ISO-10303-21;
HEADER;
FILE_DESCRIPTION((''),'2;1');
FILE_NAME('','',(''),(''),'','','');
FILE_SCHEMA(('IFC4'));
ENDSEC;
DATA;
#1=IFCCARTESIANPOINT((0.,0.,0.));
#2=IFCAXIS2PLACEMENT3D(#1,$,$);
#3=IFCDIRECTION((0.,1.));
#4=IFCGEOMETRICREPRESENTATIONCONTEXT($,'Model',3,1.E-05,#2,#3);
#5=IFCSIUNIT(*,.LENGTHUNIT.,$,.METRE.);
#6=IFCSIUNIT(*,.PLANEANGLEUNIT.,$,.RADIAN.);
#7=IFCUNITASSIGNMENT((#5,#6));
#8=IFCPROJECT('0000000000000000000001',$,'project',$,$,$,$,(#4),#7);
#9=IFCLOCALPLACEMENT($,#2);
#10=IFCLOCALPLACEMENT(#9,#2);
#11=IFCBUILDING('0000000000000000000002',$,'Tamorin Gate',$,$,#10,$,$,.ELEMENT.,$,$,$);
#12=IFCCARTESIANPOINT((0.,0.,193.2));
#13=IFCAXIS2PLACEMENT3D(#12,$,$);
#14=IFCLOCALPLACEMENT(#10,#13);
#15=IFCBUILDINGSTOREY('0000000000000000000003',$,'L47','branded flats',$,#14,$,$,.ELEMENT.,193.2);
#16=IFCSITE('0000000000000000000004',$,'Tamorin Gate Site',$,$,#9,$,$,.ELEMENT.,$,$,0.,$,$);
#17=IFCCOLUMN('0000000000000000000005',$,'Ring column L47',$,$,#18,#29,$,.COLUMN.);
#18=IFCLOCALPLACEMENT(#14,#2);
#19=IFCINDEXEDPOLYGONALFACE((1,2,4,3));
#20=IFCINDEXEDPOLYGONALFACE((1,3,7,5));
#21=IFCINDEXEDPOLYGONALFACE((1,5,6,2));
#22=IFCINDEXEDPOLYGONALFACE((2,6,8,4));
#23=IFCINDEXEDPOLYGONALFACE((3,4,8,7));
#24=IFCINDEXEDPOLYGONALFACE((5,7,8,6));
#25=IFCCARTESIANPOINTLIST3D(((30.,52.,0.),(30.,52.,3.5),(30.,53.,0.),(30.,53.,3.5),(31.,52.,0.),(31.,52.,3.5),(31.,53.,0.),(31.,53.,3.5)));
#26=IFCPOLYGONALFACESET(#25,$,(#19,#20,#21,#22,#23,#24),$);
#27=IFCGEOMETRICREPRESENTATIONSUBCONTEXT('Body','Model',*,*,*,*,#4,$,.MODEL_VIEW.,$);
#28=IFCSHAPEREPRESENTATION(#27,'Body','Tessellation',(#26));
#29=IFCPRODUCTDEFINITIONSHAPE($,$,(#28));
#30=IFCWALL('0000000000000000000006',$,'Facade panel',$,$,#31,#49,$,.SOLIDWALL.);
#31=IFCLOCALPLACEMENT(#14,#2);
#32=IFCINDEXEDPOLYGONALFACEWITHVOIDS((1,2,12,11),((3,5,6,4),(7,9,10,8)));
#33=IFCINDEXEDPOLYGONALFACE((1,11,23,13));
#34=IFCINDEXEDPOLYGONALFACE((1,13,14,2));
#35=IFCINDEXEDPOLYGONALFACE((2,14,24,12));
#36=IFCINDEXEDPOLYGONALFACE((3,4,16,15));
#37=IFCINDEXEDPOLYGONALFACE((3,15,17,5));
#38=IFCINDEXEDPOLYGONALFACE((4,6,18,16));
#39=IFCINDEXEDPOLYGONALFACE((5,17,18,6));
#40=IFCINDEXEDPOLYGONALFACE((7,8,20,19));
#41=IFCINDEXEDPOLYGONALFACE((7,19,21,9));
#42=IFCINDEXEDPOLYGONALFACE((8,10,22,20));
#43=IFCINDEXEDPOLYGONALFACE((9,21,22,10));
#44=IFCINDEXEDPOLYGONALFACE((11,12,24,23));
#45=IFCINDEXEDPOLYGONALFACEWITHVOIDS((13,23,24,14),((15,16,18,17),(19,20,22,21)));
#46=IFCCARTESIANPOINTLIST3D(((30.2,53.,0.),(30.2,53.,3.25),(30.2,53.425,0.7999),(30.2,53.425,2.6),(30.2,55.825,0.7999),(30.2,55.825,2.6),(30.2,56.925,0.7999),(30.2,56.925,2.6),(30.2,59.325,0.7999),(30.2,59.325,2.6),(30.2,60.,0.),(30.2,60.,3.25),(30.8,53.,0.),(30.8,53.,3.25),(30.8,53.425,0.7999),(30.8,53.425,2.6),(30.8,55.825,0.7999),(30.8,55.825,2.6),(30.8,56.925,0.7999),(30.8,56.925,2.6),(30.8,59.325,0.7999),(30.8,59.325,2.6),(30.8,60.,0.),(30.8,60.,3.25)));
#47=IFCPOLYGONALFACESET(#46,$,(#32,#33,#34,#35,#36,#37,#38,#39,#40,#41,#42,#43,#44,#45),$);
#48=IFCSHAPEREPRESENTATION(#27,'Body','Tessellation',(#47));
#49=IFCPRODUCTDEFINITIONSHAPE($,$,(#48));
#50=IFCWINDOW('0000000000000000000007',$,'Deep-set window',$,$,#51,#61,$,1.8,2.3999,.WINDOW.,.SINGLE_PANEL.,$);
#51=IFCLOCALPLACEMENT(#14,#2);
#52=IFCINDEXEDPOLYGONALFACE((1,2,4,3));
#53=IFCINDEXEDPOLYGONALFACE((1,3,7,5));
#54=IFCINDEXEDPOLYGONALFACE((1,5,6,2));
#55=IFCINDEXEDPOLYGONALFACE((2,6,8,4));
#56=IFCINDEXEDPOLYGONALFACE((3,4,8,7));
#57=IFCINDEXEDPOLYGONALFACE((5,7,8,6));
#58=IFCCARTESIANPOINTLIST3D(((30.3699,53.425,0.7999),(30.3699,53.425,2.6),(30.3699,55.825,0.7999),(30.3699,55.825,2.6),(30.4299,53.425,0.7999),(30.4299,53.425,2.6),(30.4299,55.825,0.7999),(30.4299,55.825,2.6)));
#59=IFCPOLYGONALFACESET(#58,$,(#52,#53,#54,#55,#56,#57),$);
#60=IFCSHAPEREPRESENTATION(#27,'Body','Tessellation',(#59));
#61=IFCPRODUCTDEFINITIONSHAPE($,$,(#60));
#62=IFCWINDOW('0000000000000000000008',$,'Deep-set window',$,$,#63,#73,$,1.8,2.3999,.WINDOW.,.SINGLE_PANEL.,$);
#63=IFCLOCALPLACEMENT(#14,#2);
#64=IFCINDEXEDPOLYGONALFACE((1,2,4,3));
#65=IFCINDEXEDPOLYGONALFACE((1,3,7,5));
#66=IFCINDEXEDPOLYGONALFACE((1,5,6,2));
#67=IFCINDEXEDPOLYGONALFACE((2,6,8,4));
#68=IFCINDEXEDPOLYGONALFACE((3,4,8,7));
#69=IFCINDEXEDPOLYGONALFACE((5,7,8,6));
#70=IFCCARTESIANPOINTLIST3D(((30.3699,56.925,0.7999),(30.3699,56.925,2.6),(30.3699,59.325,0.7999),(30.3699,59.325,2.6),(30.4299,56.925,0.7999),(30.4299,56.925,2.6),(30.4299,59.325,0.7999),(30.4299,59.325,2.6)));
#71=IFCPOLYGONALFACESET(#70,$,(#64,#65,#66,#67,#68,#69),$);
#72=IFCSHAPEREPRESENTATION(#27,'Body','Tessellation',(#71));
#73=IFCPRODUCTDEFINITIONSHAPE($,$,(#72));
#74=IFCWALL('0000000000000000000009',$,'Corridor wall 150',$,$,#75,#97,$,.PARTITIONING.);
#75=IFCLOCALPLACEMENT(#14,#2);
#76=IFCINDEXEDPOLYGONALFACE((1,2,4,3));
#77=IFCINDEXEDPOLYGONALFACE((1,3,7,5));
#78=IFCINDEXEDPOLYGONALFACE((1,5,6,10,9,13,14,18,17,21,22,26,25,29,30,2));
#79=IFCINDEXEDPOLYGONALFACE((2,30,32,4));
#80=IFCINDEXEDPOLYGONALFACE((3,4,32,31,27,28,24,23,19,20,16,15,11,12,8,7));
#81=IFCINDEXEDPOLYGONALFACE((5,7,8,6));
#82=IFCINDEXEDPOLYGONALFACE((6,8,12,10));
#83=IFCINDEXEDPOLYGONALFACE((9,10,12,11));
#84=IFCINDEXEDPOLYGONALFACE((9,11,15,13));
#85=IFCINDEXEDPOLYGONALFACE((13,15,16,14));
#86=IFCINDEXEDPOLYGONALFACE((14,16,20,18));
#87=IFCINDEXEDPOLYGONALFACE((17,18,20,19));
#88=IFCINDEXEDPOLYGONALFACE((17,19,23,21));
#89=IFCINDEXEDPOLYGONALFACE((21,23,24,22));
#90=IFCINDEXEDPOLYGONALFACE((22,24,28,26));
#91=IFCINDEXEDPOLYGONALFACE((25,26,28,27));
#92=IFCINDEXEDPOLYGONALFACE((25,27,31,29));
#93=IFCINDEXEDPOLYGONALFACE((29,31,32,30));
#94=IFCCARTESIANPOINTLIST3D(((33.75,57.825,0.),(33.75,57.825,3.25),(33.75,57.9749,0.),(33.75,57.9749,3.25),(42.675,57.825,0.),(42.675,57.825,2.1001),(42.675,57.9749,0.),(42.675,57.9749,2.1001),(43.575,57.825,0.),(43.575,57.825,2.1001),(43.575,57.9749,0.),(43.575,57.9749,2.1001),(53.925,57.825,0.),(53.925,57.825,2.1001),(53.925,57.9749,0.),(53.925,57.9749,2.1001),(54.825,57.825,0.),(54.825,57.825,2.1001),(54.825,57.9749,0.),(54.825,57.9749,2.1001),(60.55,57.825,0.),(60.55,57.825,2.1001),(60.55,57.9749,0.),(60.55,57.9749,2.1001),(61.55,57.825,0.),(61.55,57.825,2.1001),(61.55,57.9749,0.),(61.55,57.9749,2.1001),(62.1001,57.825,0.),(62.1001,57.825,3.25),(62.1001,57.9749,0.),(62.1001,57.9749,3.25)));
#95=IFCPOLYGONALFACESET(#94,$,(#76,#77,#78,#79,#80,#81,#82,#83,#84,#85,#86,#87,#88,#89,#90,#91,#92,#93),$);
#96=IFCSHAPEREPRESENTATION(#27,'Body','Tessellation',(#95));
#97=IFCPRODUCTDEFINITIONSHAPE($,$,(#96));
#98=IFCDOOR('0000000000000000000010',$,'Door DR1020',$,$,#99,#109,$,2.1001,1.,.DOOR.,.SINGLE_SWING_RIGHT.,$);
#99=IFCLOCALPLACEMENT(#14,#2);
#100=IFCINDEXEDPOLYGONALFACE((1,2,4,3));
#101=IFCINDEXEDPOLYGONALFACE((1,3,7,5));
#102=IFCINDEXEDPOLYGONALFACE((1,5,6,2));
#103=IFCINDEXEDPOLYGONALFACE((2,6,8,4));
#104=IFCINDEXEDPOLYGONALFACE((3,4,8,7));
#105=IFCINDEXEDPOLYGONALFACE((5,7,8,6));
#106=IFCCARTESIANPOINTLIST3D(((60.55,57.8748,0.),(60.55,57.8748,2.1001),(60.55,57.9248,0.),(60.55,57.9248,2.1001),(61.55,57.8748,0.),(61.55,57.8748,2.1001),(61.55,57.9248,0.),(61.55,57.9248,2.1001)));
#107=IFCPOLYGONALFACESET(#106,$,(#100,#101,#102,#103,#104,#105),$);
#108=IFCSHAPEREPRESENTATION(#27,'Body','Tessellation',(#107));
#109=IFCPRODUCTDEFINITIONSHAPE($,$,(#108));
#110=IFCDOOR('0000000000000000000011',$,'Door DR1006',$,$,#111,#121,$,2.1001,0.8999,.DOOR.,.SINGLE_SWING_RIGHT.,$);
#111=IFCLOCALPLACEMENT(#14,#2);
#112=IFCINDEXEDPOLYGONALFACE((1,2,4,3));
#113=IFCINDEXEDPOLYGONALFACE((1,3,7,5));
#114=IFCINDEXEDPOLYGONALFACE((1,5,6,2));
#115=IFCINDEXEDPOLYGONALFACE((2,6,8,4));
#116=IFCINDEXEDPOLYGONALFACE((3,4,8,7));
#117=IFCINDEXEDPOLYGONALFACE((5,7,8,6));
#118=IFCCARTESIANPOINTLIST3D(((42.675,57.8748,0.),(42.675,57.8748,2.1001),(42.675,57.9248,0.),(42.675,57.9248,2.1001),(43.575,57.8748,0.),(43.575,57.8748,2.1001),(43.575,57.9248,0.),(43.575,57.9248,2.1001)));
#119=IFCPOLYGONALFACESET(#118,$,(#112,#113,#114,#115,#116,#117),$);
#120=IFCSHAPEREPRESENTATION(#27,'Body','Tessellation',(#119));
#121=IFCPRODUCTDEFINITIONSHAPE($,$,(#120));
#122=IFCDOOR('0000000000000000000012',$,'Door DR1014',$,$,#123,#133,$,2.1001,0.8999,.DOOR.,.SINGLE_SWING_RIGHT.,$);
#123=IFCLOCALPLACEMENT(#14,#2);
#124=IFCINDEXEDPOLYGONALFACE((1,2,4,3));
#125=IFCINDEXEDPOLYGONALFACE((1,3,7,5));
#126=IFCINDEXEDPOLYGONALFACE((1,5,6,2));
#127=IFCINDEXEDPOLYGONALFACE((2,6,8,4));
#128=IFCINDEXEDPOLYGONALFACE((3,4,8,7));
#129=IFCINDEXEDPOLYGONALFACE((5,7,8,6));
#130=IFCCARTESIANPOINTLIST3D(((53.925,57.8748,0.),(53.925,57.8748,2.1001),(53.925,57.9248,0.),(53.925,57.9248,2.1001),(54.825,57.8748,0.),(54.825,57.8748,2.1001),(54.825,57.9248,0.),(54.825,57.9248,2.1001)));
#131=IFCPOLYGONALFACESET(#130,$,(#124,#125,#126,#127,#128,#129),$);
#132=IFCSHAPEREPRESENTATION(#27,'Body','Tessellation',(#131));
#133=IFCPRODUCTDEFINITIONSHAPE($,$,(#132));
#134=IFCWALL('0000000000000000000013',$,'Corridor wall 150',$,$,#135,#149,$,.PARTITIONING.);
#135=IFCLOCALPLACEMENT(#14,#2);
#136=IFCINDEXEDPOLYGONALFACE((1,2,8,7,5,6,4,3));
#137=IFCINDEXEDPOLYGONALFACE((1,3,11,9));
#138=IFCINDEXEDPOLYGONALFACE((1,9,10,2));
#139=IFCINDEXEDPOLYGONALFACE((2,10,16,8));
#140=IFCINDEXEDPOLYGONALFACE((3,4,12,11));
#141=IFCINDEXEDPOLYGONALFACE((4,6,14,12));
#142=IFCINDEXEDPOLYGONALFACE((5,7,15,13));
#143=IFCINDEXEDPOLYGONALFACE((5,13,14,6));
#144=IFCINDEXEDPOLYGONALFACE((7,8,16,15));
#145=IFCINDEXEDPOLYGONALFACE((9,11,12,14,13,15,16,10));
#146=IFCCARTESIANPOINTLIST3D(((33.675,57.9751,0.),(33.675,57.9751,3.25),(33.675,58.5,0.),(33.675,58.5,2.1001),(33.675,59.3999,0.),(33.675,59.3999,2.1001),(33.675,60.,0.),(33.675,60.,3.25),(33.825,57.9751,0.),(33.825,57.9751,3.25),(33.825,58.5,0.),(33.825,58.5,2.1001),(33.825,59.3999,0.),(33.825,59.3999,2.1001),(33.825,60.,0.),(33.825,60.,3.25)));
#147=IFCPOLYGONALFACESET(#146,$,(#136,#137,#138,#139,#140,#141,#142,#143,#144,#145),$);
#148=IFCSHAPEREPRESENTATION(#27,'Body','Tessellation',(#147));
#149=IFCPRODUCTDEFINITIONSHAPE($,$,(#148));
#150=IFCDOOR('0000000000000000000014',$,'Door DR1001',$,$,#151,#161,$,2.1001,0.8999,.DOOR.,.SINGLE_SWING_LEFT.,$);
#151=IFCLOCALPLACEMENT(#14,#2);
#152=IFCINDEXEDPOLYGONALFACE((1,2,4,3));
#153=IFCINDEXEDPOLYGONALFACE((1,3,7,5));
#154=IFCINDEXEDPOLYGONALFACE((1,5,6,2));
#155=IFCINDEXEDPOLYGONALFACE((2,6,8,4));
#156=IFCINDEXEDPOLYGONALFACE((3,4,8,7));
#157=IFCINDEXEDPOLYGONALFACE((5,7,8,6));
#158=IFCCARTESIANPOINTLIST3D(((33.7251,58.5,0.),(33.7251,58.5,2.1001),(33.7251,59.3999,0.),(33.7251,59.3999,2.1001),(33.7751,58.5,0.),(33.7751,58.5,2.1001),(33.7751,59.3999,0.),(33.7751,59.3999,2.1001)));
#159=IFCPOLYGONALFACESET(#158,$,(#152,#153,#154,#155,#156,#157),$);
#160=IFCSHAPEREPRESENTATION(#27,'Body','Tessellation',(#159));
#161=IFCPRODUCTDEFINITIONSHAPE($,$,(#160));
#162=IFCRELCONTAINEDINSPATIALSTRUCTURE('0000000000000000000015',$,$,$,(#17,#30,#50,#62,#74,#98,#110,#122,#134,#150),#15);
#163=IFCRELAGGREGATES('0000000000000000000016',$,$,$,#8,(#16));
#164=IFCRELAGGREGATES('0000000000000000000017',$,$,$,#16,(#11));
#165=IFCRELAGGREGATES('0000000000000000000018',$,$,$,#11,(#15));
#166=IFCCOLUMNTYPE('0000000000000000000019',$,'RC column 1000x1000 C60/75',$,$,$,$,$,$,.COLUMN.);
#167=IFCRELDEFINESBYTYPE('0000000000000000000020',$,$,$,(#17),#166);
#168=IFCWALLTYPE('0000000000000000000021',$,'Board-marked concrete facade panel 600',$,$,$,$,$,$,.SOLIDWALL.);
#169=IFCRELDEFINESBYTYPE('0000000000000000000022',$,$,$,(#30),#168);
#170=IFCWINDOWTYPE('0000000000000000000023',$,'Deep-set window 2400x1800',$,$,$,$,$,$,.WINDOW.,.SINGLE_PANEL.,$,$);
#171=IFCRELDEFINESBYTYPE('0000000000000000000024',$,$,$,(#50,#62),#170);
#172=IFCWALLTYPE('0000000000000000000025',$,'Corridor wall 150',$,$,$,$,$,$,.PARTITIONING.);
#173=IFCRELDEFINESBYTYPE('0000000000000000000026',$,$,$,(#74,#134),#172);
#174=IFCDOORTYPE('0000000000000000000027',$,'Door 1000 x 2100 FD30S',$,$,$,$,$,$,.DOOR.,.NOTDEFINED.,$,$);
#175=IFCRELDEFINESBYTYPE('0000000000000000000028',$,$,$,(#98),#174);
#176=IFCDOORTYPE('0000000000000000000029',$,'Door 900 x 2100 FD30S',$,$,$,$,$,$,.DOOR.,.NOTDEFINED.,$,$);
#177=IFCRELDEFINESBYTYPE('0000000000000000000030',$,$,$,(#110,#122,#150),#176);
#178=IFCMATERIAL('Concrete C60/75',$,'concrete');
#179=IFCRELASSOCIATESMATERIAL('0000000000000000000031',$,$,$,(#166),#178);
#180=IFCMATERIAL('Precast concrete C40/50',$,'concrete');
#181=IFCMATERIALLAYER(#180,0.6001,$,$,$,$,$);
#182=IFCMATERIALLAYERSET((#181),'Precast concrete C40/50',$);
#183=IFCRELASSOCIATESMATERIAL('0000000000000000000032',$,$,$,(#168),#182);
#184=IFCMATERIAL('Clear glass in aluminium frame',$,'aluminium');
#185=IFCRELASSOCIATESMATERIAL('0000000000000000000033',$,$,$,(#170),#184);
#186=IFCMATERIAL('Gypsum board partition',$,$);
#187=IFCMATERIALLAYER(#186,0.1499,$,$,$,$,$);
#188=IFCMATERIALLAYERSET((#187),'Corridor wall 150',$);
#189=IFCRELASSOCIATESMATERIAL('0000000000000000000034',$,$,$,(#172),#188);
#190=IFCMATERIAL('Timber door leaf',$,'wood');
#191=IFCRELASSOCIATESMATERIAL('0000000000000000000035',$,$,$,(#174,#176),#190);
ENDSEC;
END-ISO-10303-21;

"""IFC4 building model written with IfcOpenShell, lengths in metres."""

from ifc_helpers import new_model, si_unit, direction, frame, frame_2d, origin, origin_2d, place, context, subcontext, project, spatial, rectangle, extrude, material, layer, layer_set, material_profile, profile_set, type_object, element, fill, save


model = new_model("IFC4")

# Units and contexts
model_context = context("Model", 3, precision=1e-05, world=origin(), true_north=direction((0.0, 1.0)))
body_context = subcontext(model_context, "Body", "Model", "MODEL_VIEW")
ifc_project = project(units=[si_unit("LENGTHUNIT", "METRE"), si_unit("PLANEANGLEUNIT", "RADIAN")], contexts=[model_context])

# Site, building, storey
site_placement = place(None, origin())
site = spatial("IfcSite", under=ifc_project, at=site_placement, Name="Tamorin Gate Site", CompositionType="ELEMENT", RefElevation=0.0)
building_placement = place(site_placement, origin())
building = spatial("IfcBuilding", under=site, at=building_placement, Name="Tamorin Gate", CompositionType="ELEMENT")
storey_placement = place(building_placement, frame((0.0, 0.0, 193.2)))
storey = spatial("IfcBuildingStorey", under=building, at=storey_placement, Name="L47", Description="branded flats", CompositionType="ELEMENT", Elevation=193.2)

# Column
ifc_material_1 = material(Name="Concrete C60/75", Category="concrete")
ifc_material_profile = material_profile(ifc_material_1, rectangle(XDim=1.0, YDim=1.0, at=origin_2d()), Name="RC 1000x1000")
ifc_profile_set = profile_set([ifc_material_profile], Name="Concrete C60/75")
column_type = type_object("IfcColumnType", Name="RC column 1000x1000 C60/75", PredefinedType="COLUMN", material=ifc_profile_set)
column_placement = place(storey_placement, frame((30.5, 52.5, 0.0), z_axis=(0.0, 0.0, 1.0), x_axis=(1.0, 0.0, 0.0)))
element("IfcColumn", 1, at=column_placement, inside=storey, type_object=column_type, Name="Ring column L47", PredefinedType="COLUMN", context=body_context, shape_type="SweptSolid", body=[
    extrude(rectangle(XDim=1.0, YDim=1.0, at=origin_2d()), origin(), (0.0, 0.0, 1.0), 3.5),
])

# Wall, openings, windows
ifc_material_2 = material(Name="Precast concrete C40/50", Category="concrete")
ifc_layer_1 = layer(ifc_material_2, 0.6001)
ifc_layer_set_1 = layer_set([ifc_layer_1], Name="Precast concrete C40/50")
wall_type_1 = type_object("IfcWallType", Name="Board-marked concrete facade panel 600", PredefinedType="SOLIDWALL", material=ifc_layer_set_1)
wall_1_placement = place(storey_placement, frame((30.5, 60.0, 0.0), z_axis=(0.0, 0.0, 1.0), x_axis=(0.0, -1.0, 0.0)))
wall_1 = element("IfcWall", 2, at=wall_1_placement, inside=storey, type_object=wall_type_1, Name="Facade panel", PredefinedType="SOLIDWALL", context=body_context, shape_type="SweptSolid", body=[
    extrude(rectangle(XDim=7.0, YDim=0.6001, at=frame_2d((3.5, 0.0))), origin(), (0.0, 0.0, 1.0), 3.25),
])
opening_1_placement = place(wall_1_placement, frame((4.175, 0.0, 0.8)))
opening_1 = element("IfcOpeningElement", 3, at=opening_1_placement, cuts=wall_1, PredefinedType="OPENING", context=body_context, shape_type="SweptSolid", body=[
    extrude(rectangle(XDim=2.3999, YDim=1.8, at=frame_2d((1.2, 0.8999))), frame((0.0, 0.3101, 0.0), z_axis=(0.0, -1.0, 0.0), x_axis=(1.0, 0.0, 0.0)), (0.0, 0.0, 1.0), 0.6201),
])
opening_2_placement = place(wall_1_placement, frame((0.675, 0.0, 0.8)))
opening_2 = element("IfcOpeningElement", 4, at=opening_2_placement, cuts=wall_1, PredefinedType="OPENING", context=body_context, shape_type="SweptSolid", body=[
    extrude(rectangle(XDim=2.3999, YDim=1.8, at=frame_2d((1.2, 0.8999))), frame((0.0, 0.3101, 0.0), z_axis=(0.0, -1.0, 0.0), x_axis=(1.0, 0.0, 0.0)), (0.0, 0.0, 1.0), 0.6201),
])
ifc_material_3 = material(Name="Clear glass in aluminium frame", Category="aluminium")
window_type = type_object("IfcWindowType", Name="Deep-set window 2400x1800", PartitioningType="SINGLE_PANEL", PredefinedType="WINDOW", material=ifc_material_3)
window_1_placement = place(opening_1_placement, origin())
window_1 = element("IfcWindow", 5, at=window_1_placement, inside=storey, type_object=window_type, Name="Deep-set window", OverallHeight=1.8, OverallWidth=2.3999, PartitioningType="SINGLE_PANEL", PredefinedType="WINDOW", context=body_context, shape_type="SweptSolid", body=[
    extrude(rectangle(XDim=2.3999, YDim=1.8, at=frame_2d((1.2, 0.8999))), frame((0.0, -0.0701, 0.0), z_axis=(0.0, -1.0, 0.0), x_axis=(1.0, 0.0, 0.0)), (0.0, 0.0, 1.0), 0.0601),
])
fill(opening_1, window_1)
window_2_placement = place(opening_2_placement, origin())
window_2 = element("IfcWindow", 6, at=window_2_placement, inside=storey, type_object=window_type, Name="Deep-set window", OverallHeight=1.8, OverallWidth=2.3999, PartitioningType="SINGLE_PANEL", PredefinedType="WINDOW", context=body_context, shape_type="SweptSolid", body=[
    extrude(rectangle(XDim=2.3999, YDim=1.8, at=frame_2d((1.2, 0.8999))), frame((0.0, -0.0701, 0.0), z_axis=(0.0, -1.0, 0.0), x_axis=(1.0, 0.0, 0.0)), (0.0, 0.0, 1.0), 0.0601),
])
fill(opening_2, window_2)

# Wall, openings, doors
ifc_material_4 = material(Name="Gypsum board partition")
ifc_layer_2 = layer(ifc_material_4, 0.1499)
ifc_layer_set_2 = layer_set([ifc_layer_2], Name="Corridor wall 150")
wall_type_2 = type_object("IfcWallType", Name="Corridor wall 150", PredefinedType="PARTITIONING", material=ifc_layer_set_2)
wall_2_placement = place(storey_placement, frame((33.75, 57.8999, 0.0), z_axis=(0.0, 0.0, 1.0), x_axis=(1.0, 0.0, 0.0)))
wall_2 = element("IfcWall", 7, at=wall_2_placement, inside=storey, type_object=wall_type_2, Name="Corridor wall 150", PredefinedType="PARTITIONING", context=body_context, shape_type="SweptSolid", body=[
    extrude(rectangle(XDim=28.3501, YDim=0.1499, at=frame_2d((14.175, 0.0))), origin(), (0.0, 0.0, 1.0), 3.25),
])
opening_3_placement = place(wall_2_placement, frame((8.925, 0.0, 0.0)))
opening_3 = element("IfcOpeningElement", 8, at=opening_3_placement, cuts=wall_2, PredefinedType="OPENING", context=body_context, shape_type="SweptSolid", body=[
    extrude(rectangle(XDim=0.8999, YDim=2.1001, at=frame_2d((0.45, 1.05))), frame((0.0, 0.085, 0.0), z_axis=(0.0, -1.0, 0.0), x_axis=(1.0, 0.0, 0.0)), (0.0, 0.0, 1.0), 0.1699),
])
opening_4_placement = place(wall_2_placement, frame((20.175, 0.0, 0.0)))
opening_4 = element("IfcOpeningElement", 9, at=opening_4_placement, cuts=wall_2, PredefinedType="OPENING", context=body_context, shape_type="SweptSolid", body=[
    extrude(rectangle(XDim=0.8999, YDim=2.1001, at=frame_2d((0.45, 1.05))), frame((0.0, 0.085, 0.0), z_axis=(0.0, -1.0, 0.0), x_axis=(1.0, 0.0, 0.0)), (0.0, 0.0, 1.0), 0.1699),
])
opening_5_placement = place(wall_2_placement, frame((26.8, 0.0, 0.0)))
opening_5 = element("IfcOpeningElement", 10, at=opening_5_placement, cuts=wall_2, PredefinedType="OPENING", context=body_context, shape_type="SweptSolid", body=[
    extrude(rectangle(XDim=1.0, YDim=2.1001, at=frame_2d((0.5, 1.05))), frame((0.0, 0.085, 0.0), z_axis=(0.0, -1.0, 0.0), x_axis=(1.0, 0.0, 0.0)), (0.0, 0.0, 1.0), 0.1699),
])
ifc_material_5 = material(Name="Timber door leaf", Category="wood")
door_type_1 = type_object("IfcDoorType", Name="Door 1000 x 2100 FD30S", OperationType="NOTDEFINED", PredefinedType="DOOR", material=ifc_material_5)
door_1_placement = place(opening_5_placement, origin())
door_1 = element("IfcDoor", 11, at=door_1_placement, inside=storey, type_object=door_type_1, Name="Door DR1020", OperationType="SINGLE_SWING_RIGHT", OverallHeight=2.1001, OverallWidth=1.0, PredefinedType="DOOR", context=body_context, shape_type="SweptSolid", body=[
    extrude(rectangle(XDim=1.0, YDim=2.1001, at=frame_2d((0.5, 1.05))), frame((0.0, 0.0249, 0.0), z_axis=(0.0, -1.0, 0.0), x_axis=(1.0, 0.0, 0.0)), (0.0, 0.0, 1.0), 0.05),
])
fill(opening_5, door_1)
door_type_2 = type_object("IfcDoorType", Name="Door 900 x 2100 FD30S", OperationType="NOTDEFINED", PredefinedType="DOOR", material=ifc_material_5)
door_2_placement = place(opening_3_placement, origin())
door_2 = element("IfcDoor", 12, at=door_2_placement, inside=storey, type_object=door_type_2, Name="Door DR1006", OperationType="SINGLE_SWING_RIGHT", OverallHeight=2.1001, OverallWidth=0.8999, PredefinedType="DOOR", context=body_context, shape_type="SweptSolid", body=[
    extrude(rectangle(XDim=0.8999, YDim=2.1001, at=frame_2d((0.45, 1.05))), frame((0.0, 0.0249, 0.0), z_axis=(0.0, -1.0, 0.0), x_axis=(1.0, 0.0, 0.0)), (0.0, 0.0, 1.0), 0.05),
])
fill(opening_3, door_2)
door_3_placement = place(opening_4_placement, origin())
door_3 = element("IfcDoor", 13, at=door_3_placement, inside=storey, type_object=door_type_2, Name="Door DR1014", OperationType="SINGLE_SWING_RIGHT", OverallHeight=2.1001, OverallWidth=0.8999, PredefinedType="DOOR", context=body_context, shape_type="SweptSolid", body=[
    extrude(rectangle(XDim=0.8999, YDim=2.1001, at=frame_2d((0.45, 1.05))), frame((0.0, 0.0249, 0.0), z_axis=(0.0, -1.0, 0.0), x_axis=(1.0, 0.0, 0.0)), (0.0, 0.0, 1.0), 0.05),
])
fill(opening_4, door_3)

# Wall, opening, door
wall_3_placement = place(storey_placement, frame((33.75, 57.9751, 0.0), z_axis=(0.0, 0.0, 1.0), x_axis=(0.0, 1.0, 0.0)))
wall_3 = element("IfcWall", 14, at=wall_3_placement, inside=storey, type_object=wall_type_2, Name="Corridor wall 150", PredefinedType="PARTITIONING", context=body_context, shape_type="SweptSolid", body=[
    extrude(rectangle(XDim=2.0249, YDim=0.1499, at=frame_2d((1.0125, 0.0))), origin(), (0.0, 0.0, 1.0), 3.25),
])
opening_6_placement = place(wall_3_placement, frame((0.5249, 0.0, 0.0)))
opening_6 = element("IfcOpeningElement", 15, at=opening_6_placement, cuts=wall_3, PredefinedType="OPENING", context=body_context, shape_type="SweptSolid", body=[
    extrude(rectangle(XDim=0.8999, YDim=2.1001, at=frame_2d((0.45, 1.05))), frame((0.0, 0.085, 0.0), z_axis=(0.0, -1.0, 0.0), x_axis=(1.0, 0.0, 0.0)), (0.0, 0.0, 1.0), 0.1699),
])
door_4_placement = place(opening_6_placement, origin())
door_4 = element("IfcDoor", 16, at=door_4_placement, inside=storey, type_object=door_type_2, Name="Door DR1001", OperationType="SINGLE_SWING_LEFT", OverallHeight=2.1001, OverallWidth=0.8999, PredefinedType="DOOR", context=body_context, shape_type="SweptSolid", body=[
    extrude(rectangle(XDim=0.8999, YDim=2.1001, at=frame_2d((0.45, 1.05))), frame((0.0, 0.0249, 0.0), z_axis=(0.0, -1.0, 0.0), x_axis=(1.0, 0.0, 0.0)), (0.0, 0.0, 1.0), 0.05),
])
fill(opening_6, door_4)

save(model, "model.ifc")
